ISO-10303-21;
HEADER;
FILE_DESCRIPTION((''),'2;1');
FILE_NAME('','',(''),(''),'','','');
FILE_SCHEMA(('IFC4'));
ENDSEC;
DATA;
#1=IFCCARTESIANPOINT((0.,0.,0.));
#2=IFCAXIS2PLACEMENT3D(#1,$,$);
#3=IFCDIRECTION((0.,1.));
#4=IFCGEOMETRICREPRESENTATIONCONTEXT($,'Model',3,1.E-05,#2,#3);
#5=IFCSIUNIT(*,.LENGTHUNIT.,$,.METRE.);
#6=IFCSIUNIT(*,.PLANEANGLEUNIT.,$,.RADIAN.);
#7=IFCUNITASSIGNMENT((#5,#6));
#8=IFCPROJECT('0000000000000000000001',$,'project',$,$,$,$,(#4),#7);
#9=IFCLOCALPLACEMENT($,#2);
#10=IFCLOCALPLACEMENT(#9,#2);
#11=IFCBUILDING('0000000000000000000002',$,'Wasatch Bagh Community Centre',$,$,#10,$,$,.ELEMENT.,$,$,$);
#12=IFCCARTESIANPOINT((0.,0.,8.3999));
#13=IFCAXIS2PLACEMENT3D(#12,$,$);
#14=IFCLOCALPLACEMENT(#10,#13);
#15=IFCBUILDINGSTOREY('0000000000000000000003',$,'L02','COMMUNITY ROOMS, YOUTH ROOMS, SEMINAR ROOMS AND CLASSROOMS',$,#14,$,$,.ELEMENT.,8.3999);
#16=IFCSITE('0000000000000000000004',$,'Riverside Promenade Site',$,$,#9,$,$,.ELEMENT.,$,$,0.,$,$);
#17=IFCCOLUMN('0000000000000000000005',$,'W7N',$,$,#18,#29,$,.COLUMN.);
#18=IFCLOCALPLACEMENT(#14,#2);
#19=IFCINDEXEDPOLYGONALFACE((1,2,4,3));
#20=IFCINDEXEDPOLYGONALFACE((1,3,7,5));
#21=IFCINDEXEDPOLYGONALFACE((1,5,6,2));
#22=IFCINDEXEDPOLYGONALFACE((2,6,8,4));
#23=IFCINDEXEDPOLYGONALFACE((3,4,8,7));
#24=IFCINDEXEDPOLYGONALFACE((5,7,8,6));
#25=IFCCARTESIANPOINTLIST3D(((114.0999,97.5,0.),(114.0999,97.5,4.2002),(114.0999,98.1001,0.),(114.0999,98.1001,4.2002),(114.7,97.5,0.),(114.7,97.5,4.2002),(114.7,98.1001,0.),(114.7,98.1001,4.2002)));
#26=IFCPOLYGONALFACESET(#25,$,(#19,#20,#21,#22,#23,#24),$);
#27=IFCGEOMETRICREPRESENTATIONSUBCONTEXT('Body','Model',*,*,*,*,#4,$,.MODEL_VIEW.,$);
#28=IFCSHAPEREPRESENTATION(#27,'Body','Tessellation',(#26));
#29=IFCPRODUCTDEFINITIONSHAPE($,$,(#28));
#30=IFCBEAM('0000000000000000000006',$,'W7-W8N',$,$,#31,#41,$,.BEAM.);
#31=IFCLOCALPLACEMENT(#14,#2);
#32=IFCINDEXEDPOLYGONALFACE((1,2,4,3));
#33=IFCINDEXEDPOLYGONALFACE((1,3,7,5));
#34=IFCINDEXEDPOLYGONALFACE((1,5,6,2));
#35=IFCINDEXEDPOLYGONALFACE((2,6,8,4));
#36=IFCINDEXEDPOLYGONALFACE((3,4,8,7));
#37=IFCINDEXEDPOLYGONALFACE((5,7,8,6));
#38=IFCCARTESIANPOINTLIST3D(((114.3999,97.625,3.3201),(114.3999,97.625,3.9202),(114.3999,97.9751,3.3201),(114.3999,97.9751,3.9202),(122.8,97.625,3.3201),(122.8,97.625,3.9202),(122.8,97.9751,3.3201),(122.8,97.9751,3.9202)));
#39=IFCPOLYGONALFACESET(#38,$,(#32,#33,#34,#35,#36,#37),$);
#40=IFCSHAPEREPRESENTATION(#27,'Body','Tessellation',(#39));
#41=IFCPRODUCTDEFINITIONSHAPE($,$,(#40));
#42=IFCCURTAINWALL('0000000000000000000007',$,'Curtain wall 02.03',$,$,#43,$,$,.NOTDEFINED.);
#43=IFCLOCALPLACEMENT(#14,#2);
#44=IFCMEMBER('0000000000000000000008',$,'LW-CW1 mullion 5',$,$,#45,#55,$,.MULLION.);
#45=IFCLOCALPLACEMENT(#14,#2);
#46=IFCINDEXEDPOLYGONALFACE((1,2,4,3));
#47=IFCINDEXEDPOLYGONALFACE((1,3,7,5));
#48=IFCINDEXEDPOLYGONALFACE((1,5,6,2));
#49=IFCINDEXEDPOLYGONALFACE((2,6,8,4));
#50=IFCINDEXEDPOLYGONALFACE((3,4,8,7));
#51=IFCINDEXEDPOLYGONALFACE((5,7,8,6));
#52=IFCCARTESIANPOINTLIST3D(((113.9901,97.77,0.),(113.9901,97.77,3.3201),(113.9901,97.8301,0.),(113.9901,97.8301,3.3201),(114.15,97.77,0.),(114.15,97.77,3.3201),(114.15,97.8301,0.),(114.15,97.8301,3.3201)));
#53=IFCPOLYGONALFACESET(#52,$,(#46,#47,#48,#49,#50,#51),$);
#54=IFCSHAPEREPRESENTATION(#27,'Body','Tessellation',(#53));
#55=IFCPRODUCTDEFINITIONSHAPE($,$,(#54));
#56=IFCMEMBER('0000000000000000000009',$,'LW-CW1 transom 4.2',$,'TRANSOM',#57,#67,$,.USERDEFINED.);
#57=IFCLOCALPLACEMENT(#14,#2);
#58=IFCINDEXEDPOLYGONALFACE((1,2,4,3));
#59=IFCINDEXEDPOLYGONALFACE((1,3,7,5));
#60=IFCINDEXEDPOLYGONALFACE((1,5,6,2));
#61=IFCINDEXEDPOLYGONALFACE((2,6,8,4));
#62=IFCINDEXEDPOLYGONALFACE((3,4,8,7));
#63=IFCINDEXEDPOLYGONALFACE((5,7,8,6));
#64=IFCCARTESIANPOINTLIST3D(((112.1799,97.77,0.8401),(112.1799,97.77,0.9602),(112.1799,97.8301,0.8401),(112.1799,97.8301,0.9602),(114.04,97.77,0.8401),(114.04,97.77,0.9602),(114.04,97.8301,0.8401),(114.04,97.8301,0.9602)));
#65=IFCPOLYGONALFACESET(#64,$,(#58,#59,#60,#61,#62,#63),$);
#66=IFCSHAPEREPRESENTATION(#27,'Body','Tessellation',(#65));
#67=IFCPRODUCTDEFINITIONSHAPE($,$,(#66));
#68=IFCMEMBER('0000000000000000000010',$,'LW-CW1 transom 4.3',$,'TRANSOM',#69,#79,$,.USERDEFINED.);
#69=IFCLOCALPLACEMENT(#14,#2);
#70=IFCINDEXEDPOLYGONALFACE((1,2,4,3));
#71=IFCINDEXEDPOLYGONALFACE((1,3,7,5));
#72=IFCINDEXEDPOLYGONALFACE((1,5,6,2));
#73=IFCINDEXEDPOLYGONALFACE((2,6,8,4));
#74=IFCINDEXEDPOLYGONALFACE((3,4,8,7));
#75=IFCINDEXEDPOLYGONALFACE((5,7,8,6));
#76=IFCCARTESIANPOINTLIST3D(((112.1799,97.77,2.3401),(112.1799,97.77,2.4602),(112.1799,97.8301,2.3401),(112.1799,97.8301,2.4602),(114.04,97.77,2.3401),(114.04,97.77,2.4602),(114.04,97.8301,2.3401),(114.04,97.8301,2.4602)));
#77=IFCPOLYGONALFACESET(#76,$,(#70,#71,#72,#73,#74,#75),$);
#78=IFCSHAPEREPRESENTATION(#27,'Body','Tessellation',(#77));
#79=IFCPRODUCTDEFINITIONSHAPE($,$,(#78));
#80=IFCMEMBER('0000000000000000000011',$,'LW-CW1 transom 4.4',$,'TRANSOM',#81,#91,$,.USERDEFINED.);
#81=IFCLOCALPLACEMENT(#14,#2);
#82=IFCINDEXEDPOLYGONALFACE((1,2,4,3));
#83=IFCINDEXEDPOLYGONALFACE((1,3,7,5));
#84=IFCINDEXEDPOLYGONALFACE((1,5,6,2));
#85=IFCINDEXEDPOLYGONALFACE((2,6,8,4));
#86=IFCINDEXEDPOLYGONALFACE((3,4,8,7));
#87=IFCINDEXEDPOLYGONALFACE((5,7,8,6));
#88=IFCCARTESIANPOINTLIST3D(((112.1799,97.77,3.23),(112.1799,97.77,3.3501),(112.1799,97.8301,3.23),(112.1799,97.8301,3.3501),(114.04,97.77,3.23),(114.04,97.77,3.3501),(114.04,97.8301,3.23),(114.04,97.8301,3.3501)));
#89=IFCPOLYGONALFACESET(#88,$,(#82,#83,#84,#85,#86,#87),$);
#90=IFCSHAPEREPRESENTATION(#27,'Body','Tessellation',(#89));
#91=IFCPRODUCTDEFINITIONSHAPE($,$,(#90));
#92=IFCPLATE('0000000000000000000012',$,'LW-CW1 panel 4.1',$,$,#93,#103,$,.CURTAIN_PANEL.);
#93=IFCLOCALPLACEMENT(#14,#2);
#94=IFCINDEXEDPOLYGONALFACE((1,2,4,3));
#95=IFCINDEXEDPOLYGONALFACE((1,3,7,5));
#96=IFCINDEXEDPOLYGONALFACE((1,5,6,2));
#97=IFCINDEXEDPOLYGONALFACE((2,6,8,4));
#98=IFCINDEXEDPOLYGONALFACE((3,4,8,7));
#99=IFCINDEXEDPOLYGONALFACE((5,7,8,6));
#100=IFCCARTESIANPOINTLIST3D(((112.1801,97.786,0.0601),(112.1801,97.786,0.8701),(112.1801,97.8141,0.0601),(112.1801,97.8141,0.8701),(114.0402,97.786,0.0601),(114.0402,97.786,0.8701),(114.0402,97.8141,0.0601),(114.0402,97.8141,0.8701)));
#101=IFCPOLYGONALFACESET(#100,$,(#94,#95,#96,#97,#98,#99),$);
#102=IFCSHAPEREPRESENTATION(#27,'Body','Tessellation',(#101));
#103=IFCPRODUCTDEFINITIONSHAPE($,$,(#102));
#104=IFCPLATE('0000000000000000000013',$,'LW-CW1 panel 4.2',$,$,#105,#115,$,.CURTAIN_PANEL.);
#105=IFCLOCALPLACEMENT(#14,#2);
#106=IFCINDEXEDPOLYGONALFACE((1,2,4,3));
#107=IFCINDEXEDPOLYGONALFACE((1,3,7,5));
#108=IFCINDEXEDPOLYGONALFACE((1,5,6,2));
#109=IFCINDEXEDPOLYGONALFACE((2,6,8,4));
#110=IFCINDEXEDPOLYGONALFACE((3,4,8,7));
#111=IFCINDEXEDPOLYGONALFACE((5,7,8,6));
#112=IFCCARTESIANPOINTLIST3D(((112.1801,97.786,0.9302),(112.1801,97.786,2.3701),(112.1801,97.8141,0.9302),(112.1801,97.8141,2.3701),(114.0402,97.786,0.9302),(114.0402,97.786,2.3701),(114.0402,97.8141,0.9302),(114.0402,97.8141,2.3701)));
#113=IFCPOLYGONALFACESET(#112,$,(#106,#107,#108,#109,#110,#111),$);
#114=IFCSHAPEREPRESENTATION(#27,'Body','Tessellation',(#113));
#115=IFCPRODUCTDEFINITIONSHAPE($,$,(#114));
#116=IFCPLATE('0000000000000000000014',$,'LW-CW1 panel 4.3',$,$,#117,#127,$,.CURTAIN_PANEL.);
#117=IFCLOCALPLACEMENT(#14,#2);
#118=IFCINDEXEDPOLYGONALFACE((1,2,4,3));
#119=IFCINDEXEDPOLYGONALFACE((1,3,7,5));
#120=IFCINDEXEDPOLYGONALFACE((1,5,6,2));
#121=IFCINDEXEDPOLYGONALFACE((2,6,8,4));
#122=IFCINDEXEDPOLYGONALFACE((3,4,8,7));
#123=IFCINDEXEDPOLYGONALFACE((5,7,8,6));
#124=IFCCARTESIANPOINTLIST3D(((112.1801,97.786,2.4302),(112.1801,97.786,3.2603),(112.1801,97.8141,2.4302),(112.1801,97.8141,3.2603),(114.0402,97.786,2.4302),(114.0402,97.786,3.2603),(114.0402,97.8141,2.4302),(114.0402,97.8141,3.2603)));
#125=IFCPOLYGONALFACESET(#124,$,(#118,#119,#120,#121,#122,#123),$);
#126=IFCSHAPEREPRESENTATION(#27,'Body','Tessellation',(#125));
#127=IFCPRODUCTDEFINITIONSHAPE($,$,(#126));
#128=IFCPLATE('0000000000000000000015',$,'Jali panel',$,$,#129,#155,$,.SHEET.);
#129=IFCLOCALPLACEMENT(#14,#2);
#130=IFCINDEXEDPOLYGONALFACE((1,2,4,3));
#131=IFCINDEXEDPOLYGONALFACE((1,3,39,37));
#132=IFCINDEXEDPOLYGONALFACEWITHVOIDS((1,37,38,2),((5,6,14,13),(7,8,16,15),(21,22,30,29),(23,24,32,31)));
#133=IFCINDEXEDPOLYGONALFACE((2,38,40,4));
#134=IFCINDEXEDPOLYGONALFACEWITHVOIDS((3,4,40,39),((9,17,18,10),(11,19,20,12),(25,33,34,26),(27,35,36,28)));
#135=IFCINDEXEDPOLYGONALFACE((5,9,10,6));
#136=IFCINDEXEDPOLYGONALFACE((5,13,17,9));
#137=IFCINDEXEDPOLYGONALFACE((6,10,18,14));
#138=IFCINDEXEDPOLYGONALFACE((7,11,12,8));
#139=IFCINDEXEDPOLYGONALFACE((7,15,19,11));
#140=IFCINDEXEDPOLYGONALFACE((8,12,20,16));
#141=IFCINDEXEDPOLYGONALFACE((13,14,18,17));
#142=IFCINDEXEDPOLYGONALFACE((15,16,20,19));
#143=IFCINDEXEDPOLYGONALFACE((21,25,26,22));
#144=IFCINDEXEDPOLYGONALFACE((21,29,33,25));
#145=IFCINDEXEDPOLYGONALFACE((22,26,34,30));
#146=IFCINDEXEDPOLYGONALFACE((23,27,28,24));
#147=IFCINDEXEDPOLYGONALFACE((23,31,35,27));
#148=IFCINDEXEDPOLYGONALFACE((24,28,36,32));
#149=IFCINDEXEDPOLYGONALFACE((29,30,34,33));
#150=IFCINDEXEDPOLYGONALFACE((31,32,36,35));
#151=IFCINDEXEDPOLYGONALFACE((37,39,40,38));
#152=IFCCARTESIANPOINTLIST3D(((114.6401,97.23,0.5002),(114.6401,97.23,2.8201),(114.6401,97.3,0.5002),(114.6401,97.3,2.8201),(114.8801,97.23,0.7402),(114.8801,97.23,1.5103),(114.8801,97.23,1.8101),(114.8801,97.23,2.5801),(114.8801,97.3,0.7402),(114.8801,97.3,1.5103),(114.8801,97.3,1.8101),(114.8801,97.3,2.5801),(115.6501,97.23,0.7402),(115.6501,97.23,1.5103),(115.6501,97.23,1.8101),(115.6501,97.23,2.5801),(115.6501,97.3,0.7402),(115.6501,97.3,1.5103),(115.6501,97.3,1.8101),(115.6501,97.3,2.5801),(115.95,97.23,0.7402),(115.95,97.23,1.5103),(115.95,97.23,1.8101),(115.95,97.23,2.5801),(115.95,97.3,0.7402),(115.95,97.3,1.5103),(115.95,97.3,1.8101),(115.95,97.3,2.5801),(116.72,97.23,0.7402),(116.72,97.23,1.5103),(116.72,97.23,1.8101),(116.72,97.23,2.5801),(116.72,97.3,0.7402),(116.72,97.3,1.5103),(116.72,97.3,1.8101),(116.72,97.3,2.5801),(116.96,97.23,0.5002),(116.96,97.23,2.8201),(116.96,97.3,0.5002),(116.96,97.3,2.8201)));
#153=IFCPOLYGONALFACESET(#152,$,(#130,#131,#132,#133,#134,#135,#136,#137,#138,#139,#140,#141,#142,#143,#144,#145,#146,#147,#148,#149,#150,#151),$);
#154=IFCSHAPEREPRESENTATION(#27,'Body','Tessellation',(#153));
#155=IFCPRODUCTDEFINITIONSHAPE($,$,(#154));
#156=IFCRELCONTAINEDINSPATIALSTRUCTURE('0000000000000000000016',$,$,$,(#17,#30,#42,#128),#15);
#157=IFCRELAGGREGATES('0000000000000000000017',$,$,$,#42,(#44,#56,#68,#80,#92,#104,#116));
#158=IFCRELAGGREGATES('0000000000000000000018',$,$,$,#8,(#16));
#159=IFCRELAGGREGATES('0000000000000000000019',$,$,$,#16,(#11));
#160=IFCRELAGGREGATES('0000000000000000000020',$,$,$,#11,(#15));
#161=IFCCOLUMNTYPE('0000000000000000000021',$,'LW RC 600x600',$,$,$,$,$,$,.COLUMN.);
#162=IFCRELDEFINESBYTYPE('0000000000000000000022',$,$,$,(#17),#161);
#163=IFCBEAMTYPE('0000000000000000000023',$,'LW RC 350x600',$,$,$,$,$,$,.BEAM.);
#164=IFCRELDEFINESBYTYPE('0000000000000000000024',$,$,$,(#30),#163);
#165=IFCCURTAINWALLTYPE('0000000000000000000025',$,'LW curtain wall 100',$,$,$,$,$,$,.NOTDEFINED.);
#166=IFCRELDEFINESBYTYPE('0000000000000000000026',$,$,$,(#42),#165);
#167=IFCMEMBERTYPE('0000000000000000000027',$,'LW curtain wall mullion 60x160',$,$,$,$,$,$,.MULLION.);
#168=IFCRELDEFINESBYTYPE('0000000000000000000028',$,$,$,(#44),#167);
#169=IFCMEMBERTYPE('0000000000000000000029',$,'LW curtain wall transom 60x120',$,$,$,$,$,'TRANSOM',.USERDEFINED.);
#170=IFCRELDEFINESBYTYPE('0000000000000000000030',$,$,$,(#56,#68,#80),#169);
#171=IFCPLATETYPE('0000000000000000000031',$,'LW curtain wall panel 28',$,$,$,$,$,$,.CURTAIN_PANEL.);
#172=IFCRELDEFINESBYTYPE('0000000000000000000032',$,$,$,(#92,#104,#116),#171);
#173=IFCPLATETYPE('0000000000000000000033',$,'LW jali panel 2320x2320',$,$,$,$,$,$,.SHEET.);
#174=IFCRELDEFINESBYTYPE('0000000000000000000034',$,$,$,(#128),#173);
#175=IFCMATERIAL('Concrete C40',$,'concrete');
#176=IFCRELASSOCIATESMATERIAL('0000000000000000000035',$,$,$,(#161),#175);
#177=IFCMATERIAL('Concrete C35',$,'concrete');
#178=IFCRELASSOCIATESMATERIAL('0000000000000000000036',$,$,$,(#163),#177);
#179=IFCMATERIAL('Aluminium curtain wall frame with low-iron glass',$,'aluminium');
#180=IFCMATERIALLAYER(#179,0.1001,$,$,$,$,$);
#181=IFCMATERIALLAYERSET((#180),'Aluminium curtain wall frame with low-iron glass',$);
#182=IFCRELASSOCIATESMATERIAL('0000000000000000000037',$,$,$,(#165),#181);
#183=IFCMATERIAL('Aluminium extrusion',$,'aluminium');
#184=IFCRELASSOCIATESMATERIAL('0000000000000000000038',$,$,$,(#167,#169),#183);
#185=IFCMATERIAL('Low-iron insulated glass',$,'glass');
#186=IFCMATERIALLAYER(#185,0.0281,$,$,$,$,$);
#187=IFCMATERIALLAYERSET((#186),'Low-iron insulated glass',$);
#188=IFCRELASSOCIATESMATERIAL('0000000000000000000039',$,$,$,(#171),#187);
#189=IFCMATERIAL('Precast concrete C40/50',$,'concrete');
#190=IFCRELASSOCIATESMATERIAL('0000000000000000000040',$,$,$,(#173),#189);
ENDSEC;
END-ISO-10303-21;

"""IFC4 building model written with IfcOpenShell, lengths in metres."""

from ifc_helpers import new_model, si_unit, direction, frame, origin, origin_2d, place, context, subcontext, project, spatial, polyline, rectangle, outline, extrude, material, layer, layer_set, material_profile, profile_set, type_object, element, aggregate, save


model = new_model("IFC4")

# Units and contexts
model_context = context("Model", 3, precision=1e-05, world=origin(), true_north=direction((0.0, 1.0)))
body_context = subcontext(model_context, "Body", "Model", "MODEL_VIEW")
ifc_project = project(units=[si_unit("LENGTHUNIT", "METRE"), si_unit("PLANEANGLEUNIT", "RADIAN")], contexts=[model_context])

# Site, building, storey
site_placement = place(None, origin())
site = spatial("IfcSite", under=ifc_project, at=site_placement, Name="Riverside Promenade Site", CompositionType="ELEMENT", RefElevation=0.0)
building_placement = place(site_placement, origin())
building = spatial("IfcBuilding", under=site, at=building_placement, Name="Wasatch Bagh Community Centre", CompositionType="ELEMENT")
storey_placement = place(building_placement, frame((0.0, 0.0, 8.3999)))
storey = spatial("IfcBuildingStorey", under=building, at=storey_placement, Name="L02", Description="COMMUNITY ROOMS, YOUTH ROOMS, SEMINAR ROOMS AND CLASSROOMS", CompositionType="ELEMENT", Elevation=8.3999)

# Column
ifc_material_1 = material(Name="Concrete C40", Category="concrete")
ifc_material_profile_1 = material_profile(ifc_material_1, rectangle(XDim=0.6001, YDim=0.6001, at=origin_2d()), Name="RC 600x600")
ifc_profile_set_1 = profile_set([ifc_material_profile_1], Name="Concrete C40")
column_type = type_object("IfcColumnType", Name="LW RC 600x600", PredefinedType="COLUMN", material=ifc_profile_set_1)
column_placement = place(storey_placement, frame((114.3999, 97.8, 0.0), z_axis=(0.0, 0.0, 1.0), x_axis=(1.0, 0.0, 0.0)))
element("IfcColumn", 1, at=column_placement, inside=storey, type_object=column_type, Name="W7N", PredefinedType="COLUMN", context=body_context, shape_type="SweptSolid", body=[
    extrude(rectangle(XDim=0.6001, YDim=0.6001, at=origin_2d()), origin(), (0.0, 0.0, 1.0), 4.2002),
])

# Beam
ifc_material_2 = material(Name="Concrete C35", Category="concrete")
ifc_material_profile_2 = material_profile(ifc_material_2, rectangle(XDim=0.3501, YDim=0.6001, at=origin_2d()), Name="RC 350x600")
ifc_profile_set_2 = profile_set([ifc_material_profile_2], Name="Concrete C35")
beam_type = type_object("IfcBeamType", Name="LW RC 350x600", PredefinedType="BEAM", material=ifc_profile_set_2)
beam_placement = place(storey_placement, frame((114.3999, 97.8, 3.6201), z_axis=(1.0, 0.0, 0.0), x_axis=(0.0, 1.0, 0.0)))
element("IfcBeam", 2, at=beam_placement, inside=storey, type_object=beam_type, Name="W7-W8N", PredefinedType="BEAM", context=body_context, shape_type="SweptSolid", body=[
    extrude(rectangle(XDim=0.3501, YDim=0.6001, at=origin_2d()), origin(), (0.0, 0.0, 1.0), 8.4001),
])

# Curtain wall, members, plates
ifc_material_3 = material(Name="Aluminium curtain wall frame with low-iron glass", Category="aluminium")
ifc_layer_1 = layer(ifc_material_3, 0.1001)
ifc_layer_set_1 = layer_set([ifc_layer_1], Name="Aluminium curtain wall frame with low-iron glass")
curtain_wall_type = type_object("IfcCurtainWallType", Name="LW curtain wall 100", PredefinedType="NOTDEFINED", material=ifc_layer_set_1)
curtain_wall_placement = place(storey_placement, origin())
curtain_wall = element("IfcCurtainWall", 3, at=curtain_wall_placement, inside=storey, type_object=curtain_wall_type, Name="Curtain wall 02.03", PredefinedType="NOTDEFINED")
ifc_material_4 = material(Name="Aluminium extrusion", Category="aluminium")
ifc_material_profile_3 = material_profile(ifc_material_4, rectangle(XDim=0.0601, YDim=0.1599, at=origin_2d()), Name="AL 60x160")
ifc_profile_set_3 = profile_set([ifc_material_profile_3], Name="Aluminium extrusion")
member_type_1 = type_object("IfcMemberType", Name="LW curtain wall mullion 60x160", PredefinedType="MULLION", material=ifc_profile_set_3)
member_1_placement = place(storey_placement, frame((114.0701, 97.8, 0.0), z_axis=(0.0, 0.0, 1.0), x_axis=(0.0, 1.0, 0.0)))
member_1 = element("IfcMember", 4, at=member_1_placement, type_object=member_type_1, Name="LW-CW1 mullion 5", PredefinedType="MULLION", context=body_context, shape_type="SweptSolid", body=[
    extrude(rectangle(XDim=0.0601, YDim=0.1599, at=origin_2d()), origin(), (0.0, 0.0, 1.0), 3.3201),
])
ifc_material_profile_4 = material_profile(ifc_material_4, rectangle(XDim=0.0601, YDim=0.1201, at=origin_2d()), Name="AL 60x120")
ifc_profile_set_4 = profile_set([ifc_material_profile_4], Name="Aluminium extrusion")
member_type_2 = type_object("IfcMemberType", Name="LW curtain wall transom 60x120", ElementType="TRANSOM", PredefinedType="USERDEFINED", material=ifc_profile_set_4)
member_2_placement = place(storey_placement, frame((112.1799, 97.8, 0.9001), z_axis=(1.0, 0.0, 0.0), x_axis=(0.0, 1.0, 0.0)))
member_2 = element("IfcMember", 5, at=member_2_placement, type_object=member_type_2, Name="LW-CW1 transom 4.2", ObjectType="TRANSOM", PredefinedType="USERDEFINED", context=body_context, shape_type="SweptSolid", body=[
    extrude(rectangle(XDim=0.0601, YDim=0.1201, at=origin_2d()), origin(), (0.0, 0.0, 1.0), 1.8601),
])
member_3_placement = place(storey_placement, frame((112.1799, 97.8, 2.4001), z_axis=(1.0, 0.0, 0.0), x_axis=(0.0, 1.0, 0.0)))
member_3 = element("IfcMember", 6, at=member_3_placement, type_object=member_type_2, Name="LW-CW1 transom 4.3", ObjectType="TRANSOM", PredefinedType="USERDEFINED", context=body_context, shape_type="SweptSolid", body=[
    extrude(rectangle(XDim=0.0601, YDim=0.1201, at=origin_2d()), origin(), (0.0, 0.0, 1.0), 1.8601),
])
member_4_placement = place(storey_placement, frame((112.1799, 97.8, 3.29), z_axis=(1.0, 0.0, 0.0), x_axis=(0.0, 1.0, 0.0)))
member_4 = element("IfcMember", 7, at=member_4_placement, type_object=member_type_2, Name="LW-CW1 transom 4.4", ObjectType="TRANSOM", PredefinedType="USERDEFINED", context=body_context, shape_type="SweptSolid", body=[
    extrude(rectangle(XDim=0.0601, YDim=0.1201, at=origin_2d()), origin(), (0.0, 0.0, 1.0), 1.8601),
])
ifc_material_5 = material(Name="Low-iron insulated glass", Category="glass")
ifc_layer_2 = layer(ifc_material_5, 0.0281)
ifc_layer_set_2 = layer_set([ifc_layer_2], Name="Low-iron insulated glass")
plate_type_1 = type_object("IfcPlateType", Name="LW curtain wall panel 28", PredefinedType="CURTAIN_PANEL", material=ifc_layer_set_2)
plate_1_placement = place(storey_placement, frame((113.1101, 97.8, 0.0601), z_axis=(0.0, 0.0, 1.0), x_axis=(1.0, 0.0, 0.0)))
plate_1 = element("IfcPlate", 8, at=plate_1_placement, type_object=plate_type_1, Name="LW-CW1 panel 4.1", PredefinedType="CURTAIN_PANEL", context=body_context, shape_type="SweptSolid", body=[
    extrude(rectangle(XDim=1.8601, YDim=0.0281, at=origin_2d()), origin(), (0.0, 0.0, 1.0), 0.8101),
])
plate_2_placement = place(storey_placement, frame((113.1101, 97.8, 0.9302), z_axis=(0.0, 0.0, 1.0), x_axis=(1.0, 0.0, 0.0)))
plate_2 = element("IfcPlate", 9, at=plate_2_placement, type_object=plate_type_1, Name="LW-CW1 panel 4.2", PredefinedType="CURTAIN_PANEL", context=body_context, shape_type="SweptSolid", body=[
    extrude(rectangle(XDim=1.8601, YDim=0.0281, at=origin_2d()), origin(), (0.0, 0.0, 1.0), 1.4399),
])
plate_3_placement = place(storey_placement, frame((113.1101, 97.8, 2.4302), z_axis=(0.0, 0.0, 1.0), x_axis=(1.0, 0.0, 0.0)))
plate_3 = element("IfcPlate", 10, at=plate_3_placement, type_object=plate_type_1, Name="LW-CW1 panel 4.3", PredefinedType="CURTAIN_PANEL", context=body_context, shape_type="SweptSolid", body=[
    extrude(rectangle(XDim=1.8601, YDim=0.0281, at=origin_2d()), origin(), (0.0, 0.0, 1.0), 0.8301),
])
aggregate(curtain_wall, [member_1, member_2, member_3, member_4, plate_1, plate_2, plate_3])

# Plate
ifc_material_6 = material(Name="Precast concrete C40/50", Category="concrete")
ifc_material_profile_5 = material_profile(ifc_material_6, outline(polyline([(-1.1599, -1.1599), (1.1599, -1.1599), (1.1599, 1.1599), (-1.1599, 1.1599), (-1.1599, -1.1599)]), holes=[polyline([(-0.9199, -0.9199), (-0.1499, -0.9199), (-0.1499, -0.1499), (-0.9199, -0.1499), (-0.9199, -0.9199)]), polyline([(-0.9199, 0.1499), (-0.1499, 0.1499), (-0.1499, 0.9199), (-0.9199, 0.9199), (-0.9199, 0.1499)]), polyline([(0.1499, -0.9199), (0.9199, -0.9199), (0.9199, -0.1499), (0.1499, -0.1499), (0.1499, -0.9199)]), polyline([(0.1499, 0.1499), (0.9199, 0.1499), (0.9199, 0.9199), (0.1499, 0.9199), (0.1499, 0.1499)])]), Name="Jali lattice")
ifc_profile_set_5 = profile_set([ifc_material_profile_5], Name="Precast concrete C40/50")
plate_type_2 = type_object("IfcPlateType", Name="LW jali panel 2320x2320", PredefinedType="SHEET", material=ifc_profile_set_5)
for number, where, z_axis, x_axis, name in (
    (11, (115.8, 97.3, 1.6602), (0.0, -1.0, 0.0), (1.0, 0.0, 0.0), "Jali panel"),
):
    element("IfcPlate", number, at=place(storey_placement, frame(where, z_axis=z_axis, x_axis=x_axis)), inside=storey, type_object=plate_type_2, Name=name, PredefinedType="SHEET", context=body_context, shape_type="SweptSolid", body=[
        extrude(outline(polyline([(-1.1599, -1.1599), (1.1599, -1.1599), (1.1599, 1.1599), (-1.1599, 1.1599), (-1.1599, -1.1599)]), holes=[polyline([(-0.9199, -0.9199), (-0.1499, -0.9199), (-0.1499, -0.1499), (-0.9199, -0.1499), (-0.9199, -0.9199)]), polyline([(-0.9199, 0.1499), (-0.1499, 0.1499), (-0.1499, 0.9199), (-0.9199, 0.9199), (-0.9199, 0.1499)]), polyline([(0.1499, -0.9199), (0.9199, -0.9199), (0.9199, -0.1499), (0.1499, -0.1499), (0.1499, -0.9199)]), polyline([(0.1499, 0.1499), (0.9199, 0.1499), (0.9199, 0.9199), (0.1499, 0.9199), (0.1499, 0.1499)])]), origin(), (0.0, 0.0, 1.0), 0.0701),
    ])

save(model, "model.ifc")
